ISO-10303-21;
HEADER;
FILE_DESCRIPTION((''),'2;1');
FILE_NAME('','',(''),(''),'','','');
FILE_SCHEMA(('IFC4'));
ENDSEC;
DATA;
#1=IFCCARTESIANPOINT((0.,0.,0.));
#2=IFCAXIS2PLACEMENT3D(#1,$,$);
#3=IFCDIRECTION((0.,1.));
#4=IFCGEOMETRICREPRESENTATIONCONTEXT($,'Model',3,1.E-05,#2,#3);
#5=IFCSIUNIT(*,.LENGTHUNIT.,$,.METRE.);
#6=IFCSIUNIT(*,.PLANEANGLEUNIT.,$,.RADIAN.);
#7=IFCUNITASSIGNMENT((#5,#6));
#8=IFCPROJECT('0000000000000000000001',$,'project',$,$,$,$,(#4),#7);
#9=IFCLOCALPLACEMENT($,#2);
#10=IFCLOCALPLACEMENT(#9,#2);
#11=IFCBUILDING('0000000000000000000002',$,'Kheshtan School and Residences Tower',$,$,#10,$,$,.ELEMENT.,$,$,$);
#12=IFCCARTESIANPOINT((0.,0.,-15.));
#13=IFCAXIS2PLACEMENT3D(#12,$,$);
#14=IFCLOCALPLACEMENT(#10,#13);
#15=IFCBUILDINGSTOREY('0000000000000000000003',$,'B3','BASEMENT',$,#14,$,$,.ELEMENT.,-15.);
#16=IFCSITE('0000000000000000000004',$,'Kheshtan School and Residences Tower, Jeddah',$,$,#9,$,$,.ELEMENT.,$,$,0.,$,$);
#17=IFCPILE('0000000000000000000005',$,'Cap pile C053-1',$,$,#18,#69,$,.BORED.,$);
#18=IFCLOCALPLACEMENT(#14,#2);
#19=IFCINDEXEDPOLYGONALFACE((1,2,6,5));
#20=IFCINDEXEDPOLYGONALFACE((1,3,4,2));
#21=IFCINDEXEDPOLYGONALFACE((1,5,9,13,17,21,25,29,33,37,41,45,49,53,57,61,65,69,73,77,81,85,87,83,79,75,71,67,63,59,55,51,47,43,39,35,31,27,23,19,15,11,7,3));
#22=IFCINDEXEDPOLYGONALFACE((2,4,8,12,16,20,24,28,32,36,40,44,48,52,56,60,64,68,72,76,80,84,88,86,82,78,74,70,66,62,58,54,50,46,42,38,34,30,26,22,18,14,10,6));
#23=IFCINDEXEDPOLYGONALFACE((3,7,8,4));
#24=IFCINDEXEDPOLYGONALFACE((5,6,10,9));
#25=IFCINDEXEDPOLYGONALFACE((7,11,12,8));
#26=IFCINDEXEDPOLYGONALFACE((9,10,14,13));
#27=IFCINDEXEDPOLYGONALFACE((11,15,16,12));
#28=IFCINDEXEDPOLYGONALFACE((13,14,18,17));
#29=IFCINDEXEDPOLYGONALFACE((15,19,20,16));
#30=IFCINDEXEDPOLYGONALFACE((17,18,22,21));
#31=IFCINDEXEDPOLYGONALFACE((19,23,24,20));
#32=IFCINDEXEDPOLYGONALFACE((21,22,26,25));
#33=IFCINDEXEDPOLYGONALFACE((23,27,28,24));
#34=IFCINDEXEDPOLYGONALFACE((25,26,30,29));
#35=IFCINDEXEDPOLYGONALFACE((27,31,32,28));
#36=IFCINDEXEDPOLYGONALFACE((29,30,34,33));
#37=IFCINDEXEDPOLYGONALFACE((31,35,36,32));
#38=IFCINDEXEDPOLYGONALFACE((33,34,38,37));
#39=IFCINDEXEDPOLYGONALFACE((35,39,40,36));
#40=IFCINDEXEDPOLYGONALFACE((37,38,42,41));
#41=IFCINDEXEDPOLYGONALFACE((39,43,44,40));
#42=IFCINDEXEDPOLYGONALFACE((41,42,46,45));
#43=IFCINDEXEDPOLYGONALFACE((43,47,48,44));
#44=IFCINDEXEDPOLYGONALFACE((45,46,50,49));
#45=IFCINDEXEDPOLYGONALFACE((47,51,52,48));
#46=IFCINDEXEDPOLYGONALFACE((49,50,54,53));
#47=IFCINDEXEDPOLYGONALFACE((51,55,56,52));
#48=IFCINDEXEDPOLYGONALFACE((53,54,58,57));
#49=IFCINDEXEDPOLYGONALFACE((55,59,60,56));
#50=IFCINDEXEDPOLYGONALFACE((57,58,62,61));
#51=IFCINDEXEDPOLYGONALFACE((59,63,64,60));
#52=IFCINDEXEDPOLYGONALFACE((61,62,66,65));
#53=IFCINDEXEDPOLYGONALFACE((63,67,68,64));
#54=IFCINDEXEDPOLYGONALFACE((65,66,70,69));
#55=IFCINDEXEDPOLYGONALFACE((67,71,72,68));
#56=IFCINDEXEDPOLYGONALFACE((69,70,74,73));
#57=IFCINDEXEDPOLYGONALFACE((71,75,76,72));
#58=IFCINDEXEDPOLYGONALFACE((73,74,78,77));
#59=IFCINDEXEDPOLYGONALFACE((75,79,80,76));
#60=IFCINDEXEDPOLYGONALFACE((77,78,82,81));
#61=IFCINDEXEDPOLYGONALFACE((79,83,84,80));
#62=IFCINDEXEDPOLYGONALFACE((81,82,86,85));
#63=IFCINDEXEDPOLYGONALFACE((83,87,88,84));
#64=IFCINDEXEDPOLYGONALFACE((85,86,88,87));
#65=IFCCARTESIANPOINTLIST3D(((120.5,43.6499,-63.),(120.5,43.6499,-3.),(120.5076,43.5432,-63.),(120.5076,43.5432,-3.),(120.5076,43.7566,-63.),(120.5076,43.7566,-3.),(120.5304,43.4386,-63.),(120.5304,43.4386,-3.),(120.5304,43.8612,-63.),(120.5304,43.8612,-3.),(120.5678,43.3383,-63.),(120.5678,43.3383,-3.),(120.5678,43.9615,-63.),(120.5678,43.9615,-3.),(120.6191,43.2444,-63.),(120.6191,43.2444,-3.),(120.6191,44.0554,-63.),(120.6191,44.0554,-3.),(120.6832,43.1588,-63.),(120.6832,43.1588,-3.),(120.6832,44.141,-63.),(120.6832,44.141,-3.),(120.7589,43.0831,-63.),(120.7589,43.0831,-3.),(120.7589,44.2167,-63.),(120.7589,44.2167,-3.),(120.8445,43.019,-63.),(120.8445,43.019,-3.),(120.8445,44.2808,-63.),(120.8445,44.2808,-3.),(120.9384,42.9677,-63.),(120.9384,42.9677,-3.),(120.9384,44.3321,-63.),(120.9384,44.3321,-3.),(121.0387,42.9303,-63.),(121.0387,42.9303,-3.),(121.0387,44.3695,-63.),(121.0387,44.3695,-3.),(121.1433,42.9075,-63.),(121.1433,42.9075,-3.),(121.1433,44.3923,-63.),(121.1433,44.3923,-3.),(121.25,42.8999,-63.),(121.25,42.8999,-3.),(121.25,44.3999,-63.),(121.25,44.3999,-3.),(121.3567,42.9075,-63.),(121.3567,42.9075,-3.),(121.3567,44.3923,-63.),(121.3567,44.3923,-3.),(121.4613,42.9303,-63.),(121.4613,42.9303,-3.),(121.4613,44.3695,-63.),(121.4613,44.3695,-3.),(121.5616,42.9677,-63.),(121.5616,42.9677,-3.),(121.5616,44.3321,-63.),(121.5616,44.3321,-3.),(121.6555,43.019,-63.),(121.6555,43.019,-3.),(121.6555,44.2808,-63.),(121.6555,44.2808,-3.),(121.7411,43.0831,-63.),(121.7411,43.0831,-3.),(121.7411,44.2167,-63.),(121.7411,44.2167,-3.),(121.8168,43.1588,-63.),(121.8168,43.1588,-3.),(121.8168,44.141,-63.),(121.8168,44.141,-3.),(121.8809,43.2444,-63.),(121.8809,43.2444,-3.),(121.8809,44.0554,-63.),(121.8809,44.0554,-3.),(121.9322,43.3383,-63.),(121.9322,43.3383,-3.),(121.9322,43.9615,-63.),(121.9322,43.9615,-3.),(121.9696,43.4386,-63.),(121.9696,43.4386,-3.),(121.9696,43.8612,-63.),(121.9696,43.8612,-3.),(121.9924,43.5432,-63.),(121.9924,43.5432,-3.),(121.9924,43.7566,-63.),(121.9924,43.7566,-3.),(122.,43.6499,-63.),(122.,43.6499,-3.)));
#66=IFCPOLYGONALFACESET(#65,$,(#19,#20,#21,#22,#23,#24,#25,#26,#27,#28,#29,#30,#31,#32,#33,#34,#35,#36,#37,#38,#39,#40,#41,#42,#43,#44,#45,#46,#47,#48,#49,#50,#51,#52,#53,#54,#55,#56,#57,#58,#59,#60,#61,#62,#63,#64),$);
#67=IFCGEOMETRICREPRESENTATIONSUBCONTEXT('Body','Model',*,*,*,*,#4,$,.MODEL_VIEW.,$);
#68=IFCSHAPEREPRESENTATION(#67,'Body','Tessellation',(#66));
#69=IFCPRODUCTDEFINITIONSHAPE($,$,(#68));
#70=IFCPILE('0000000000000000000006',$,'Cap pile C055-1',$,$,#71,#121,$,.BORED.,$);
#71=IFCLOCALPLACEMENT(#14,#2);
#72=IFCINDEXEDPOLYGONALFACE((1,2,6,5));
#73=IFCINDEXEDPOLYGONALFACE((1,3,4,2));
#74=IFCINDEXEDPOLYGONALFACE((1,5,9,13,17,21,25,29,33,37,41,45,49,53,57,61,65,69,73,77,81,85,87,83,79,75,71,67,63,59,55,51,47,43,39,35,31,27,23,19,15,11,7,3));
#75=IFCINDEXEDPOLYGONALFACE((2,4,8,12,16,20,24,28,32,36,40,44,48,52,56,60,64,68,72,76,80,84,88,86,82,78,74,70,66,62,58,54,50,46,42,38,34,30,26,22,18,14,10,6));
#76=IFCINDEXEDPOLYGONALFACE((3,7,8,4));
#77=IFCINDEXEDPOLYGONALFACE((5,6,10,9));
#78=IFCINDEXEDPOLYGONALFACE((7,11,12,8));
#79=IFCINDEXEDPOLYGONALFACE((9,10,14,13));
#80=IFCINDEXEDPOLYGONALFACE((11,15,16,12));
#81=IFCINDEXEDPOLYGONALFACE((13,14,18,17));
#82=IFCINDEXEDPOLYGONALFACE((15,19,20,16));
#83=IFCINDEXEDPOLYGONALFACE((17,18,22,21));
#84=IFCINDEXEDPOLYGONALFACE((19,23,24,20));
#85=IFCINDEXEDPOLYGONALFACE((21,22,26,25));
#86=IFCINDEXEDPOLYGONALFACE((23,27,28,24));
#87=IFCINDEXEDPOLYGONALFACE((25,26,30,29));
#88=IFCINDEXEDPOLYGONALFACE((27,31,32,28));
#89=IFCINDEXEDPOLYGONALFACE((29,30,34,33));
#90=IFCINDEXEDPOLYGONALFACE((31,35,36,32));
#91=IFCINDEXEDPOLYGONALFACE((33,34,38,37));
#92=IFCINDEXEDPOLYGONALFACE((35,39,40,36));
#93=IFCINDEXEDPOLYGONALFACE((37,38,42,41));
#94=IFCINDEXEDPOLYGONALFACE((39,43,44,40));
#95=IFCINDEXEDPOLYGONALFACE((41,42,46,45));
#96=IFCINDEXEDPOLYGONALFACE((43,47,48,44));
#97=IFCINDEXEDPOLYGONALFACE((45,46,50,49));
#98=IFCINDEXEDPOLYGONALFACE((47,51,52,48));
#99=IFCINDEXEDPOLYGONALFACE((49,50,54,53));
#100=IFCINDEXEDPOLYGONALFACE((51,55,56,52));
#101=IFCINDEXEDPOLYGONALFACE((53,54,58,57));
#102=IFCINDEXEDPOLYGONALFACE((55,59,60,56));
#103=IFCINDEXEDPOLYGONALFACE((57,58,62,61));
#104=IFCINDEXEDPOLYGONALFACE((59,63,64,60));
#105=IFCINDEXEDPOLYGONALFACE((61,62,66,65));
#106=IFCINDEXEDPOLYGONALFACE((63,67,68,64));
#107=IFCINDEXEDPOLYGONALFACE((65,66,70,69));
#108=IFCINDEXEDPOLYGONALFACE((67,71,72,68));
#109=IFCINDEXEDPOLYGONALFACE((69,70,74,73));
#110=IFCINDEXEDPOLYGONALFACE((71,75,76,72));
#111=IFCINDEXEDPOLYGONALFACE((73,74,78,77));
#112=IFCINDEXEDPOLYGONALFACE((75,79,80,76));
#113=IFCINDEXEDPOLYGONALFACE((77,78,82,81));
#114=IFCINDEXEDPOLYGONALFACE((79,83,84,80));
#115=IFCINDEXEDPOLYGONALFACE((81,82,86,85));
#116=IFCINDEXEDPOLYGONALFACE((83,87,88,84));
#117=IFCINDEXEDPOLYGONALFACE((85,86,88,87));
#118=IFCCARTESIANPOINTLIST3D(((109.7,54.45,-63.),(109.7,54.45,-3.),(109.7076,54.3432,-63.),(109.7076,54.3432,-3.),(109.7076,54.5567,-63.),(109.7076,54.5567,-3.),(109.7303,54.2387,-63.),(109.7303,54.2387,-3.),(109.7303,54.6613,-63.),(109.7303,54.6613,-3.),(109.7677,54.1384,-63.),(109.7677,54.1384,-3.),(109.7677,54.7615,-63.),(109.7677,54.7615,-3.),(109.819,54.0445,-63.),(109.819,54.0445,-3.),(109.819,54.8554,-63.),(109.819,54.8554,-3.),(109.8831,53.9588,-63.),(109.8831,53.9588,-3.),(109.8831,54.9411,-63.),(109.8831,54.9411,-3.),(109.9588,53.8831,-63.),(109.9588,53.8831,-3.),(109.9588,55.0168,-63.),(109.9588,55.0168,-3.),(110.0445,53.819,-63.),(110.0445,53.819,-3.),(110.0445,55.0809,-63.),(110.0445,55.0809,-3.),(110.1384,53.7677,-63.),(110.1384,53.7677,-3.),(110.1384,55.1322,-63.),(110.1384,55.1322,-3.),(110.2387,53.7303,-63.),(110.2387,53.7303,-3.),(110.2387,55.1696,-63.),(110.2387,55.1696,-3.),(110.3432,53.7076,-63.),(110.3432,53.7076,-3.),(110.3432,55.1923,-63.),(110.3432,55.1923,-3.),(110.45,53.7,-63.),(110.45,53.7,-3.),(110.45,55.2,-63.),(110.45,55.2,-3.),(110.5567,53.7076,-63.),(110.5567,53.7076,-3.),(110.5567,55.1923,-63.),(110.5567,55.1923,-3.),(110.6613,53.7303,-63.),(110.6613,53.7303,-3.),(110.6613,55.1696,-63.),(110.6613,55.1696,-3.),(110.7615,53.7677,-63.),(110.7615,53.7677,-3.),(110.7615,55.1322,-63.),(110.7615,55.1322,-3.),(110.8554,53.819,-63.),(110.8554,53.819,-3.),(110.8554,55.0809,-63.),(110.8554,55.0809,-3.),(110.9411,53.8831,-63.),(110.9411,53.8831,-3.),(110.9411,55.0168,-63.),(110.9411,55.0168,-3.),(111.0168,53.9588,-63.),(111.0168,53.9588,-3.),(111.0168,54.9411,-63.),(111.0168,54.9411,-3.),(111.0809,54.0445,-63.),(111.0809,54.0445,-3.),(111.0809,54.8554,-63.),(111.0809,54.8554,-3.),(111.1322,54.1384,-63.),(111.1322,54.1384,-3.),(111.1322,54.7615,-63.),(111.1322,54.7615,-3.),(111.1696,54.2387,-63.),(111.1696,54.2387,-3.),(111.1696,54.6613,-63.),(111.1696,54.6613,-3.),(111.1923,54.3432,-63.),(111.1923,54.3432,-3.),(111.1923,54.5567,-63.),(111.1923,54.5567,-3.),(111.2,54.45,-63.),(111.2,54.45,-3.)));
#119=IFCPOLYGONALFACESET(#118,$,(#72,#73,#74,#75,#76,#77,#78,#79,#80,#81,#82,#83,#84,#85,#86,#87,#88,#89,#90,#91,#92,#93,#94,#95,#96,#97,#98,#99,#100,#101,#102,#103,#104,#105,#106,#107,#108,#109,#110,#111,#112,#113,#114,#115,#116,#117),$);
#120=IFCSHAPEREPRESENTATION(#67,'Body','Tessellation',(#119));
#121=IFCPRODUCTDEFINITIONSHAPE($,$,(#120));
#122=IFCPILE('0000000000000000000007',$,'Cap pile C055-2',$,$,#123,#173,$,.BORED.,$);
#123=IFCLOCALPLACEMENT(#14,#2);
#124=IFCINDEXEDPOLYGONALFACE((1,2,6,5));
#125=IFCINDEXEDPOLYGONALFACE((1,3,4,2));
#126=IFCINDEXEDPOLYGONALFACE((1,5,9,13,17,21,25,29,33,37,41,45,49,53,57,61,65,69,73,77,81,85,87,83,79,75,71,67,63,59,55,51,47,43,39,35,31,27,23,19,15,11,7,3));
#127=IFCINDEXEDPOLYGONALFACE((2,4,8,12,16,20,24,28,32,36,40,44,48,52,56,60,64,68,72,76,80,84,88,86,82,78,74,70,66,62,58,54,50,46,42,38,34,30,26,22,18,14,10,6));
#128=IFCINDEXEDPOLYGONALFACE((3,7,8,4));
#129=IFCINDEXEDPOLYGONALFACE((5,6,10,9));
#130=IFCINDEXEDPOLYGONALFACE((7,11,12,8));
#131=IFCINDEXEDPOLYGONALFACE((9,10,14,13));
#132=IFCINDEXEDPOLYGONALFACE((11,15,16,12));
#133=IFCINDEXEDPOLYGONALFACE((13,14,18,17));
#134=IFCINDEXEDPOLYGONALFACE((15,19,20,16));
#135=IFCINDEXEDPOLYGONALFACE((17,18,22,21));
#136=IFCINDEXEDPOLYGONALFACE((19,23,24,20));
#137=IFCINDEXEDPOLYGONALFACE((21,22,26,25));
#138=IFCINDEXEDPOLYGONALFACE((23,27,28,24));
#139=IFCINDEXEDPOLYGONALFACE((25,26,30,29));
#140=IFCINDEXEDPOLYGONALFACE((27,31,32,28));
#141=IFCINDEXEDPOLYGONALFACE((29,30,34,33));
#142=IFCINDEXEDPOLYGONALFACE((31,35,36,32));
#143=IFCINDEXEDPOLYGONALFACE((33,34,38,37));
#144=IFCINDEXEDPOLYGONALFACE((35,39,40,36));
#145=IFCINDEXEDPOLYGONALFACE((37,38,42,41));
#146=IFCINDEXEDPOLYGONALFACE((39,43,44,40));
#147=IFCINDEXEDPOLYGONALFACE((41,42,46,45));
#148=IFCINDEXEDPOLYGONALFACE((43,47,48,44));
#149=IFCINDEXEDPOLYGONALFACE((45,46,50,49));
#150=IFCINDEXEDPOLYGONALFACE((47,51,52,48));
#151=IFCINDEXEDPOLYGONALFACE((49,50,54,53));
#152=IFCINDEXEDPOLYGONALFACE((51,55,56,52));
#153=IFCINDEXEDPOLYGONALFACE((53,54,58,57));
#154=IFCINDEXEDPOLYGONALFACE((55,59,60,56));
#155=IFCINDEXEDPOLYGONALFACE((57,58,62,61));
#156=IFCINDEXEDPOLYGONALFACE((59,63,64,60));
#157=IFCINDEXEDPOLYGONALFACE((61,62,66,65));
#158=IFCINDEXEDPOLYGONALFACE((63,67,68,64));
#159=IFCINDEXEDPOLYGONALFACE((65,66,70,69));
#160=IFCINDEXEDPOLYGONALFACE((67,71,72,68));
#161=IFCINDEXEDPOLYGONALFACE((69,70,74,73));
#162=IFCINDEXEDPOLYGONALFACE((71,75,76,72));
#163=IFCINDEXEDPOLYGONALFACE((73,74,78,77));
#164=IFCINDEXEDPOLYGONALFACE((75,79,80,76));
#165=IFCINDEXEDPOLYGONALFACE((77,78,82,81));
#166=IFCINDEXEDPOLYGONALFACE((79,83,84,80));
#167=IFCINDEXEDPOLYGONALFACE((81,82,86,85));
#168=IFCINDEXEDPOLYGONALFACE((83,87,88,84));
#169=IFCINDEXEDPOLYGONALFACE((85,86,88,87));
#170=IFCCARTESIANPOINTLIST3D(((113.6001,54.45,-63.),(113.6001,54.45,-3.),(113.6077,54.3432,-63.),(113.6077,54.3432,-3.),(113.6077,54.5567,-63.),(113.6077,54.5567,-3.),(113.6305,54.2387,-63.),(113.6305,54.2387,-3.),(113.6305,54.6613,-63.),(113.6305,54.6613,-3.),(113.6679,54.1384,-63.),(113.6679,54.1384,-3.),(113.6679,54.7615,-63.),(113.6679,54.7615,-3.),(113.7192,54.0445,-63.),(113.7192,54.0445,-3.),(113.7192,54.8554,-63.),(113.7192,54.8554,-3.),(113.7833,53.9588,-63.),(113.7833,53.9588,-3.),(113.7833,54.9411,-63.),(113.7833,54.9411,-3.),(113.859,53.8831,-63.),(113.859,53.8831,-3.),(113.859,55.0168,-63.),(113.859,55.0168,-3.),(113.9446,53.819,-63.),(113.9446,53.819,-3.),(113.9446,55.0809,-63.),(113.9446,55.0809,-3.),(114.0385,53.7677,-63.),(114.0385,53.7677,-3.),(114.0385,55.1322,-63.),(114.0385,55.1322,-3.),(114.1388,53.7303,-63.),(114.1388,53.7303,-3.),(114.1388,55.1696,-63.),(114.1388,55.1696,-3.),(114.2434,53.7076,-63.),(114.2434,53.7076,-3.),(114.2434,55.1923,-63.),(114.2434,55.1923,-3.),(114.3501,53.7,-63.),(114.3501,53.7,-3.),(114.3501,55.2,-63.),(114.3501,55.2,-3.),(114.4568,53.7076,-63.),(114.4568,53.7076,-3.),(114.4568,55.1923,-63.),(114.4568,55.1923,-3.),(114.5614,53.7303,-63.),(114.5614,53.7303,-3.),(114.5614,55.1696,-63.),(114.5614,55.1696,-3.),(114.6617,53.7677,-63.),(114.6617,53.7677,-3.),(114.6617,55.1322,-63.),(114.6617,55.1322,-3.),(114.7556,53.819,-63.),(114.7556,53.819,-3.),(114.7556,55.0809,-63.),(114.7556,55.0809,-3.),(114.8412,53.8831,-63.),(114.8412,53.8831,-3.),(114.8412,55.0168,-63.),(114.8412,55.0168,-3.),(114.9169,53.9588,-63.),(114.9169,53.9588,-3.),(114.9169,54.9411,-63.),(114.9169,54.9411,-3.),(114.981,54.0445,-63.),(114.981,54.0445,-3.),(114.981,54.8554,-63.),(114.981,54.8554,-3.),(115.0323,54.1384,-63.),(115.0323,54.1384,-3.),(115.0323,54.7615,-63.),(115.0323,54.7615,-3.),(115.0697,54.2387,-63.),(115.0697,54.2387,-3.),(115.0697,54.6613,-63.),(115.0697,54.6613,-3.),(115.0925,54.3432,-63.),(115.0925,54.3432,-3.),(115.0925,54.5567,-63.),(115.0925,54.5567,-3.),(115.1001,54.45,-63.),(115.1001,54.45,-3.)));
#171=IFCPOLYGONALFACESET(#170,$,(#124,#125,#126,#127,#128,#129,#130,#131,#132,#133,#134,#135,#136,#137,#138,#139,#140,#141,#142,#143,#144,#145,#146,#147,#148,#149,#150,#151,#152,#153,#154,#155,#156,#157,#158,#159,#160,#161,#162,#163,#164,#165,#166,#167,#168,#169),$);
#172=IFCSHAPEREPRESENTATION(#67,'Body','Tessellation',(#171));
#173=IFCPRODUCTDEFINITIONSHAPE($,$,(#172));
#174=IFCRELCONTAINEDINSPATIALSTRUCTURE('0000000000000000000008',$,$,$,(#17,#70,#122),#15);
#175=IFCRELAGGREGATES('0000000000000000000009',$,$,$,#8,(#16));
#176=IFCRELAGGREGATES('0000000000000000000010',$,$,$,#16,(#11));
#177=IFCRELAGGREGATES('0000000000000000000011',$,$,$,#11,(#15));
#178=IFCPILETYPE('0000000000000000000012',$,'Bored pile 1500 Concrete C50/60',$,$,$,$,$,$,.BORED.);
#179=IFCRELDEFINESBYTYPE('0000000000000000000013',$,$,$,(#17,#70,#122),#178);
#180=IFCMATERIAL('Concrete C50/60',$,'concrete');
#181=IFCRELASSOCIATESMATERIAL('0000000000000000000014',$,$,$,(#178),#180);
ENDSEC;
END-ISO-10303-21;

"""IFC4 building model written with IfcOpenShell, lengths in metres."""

from ifc_helpers import new_model, si_unit, direction, frame, origin, origin_2d, place, context, subcontext, project, spatial, circle, extrude, material, material_profile, profile_set, type_object, element, save


model = new_model("IFC4")

# Units and contexts
model_context = context("Model", 3, precision=1e-05, world=origin(), true_north=direction((0.0, 1.0)))
body_context = subcontext(model_context, "Body", "Model", "MODEL_VIEW")
ifc_project = project(units=[si_unit("LENGTHUNIT", "METRE"), si_unit("PLANEANGLEUNIT", "RADIAN")], contexts=[model_context])

# Site, building, storey
site_placement = place(None, origin())
site = spatial("IfcSite", under=ifc_project, at=site_placement, Name="Kheshtan School and Residences Tower, Jeddah", CompositionType="ELEMENT", RefElevation=0.0)
building_placement = place(site_placement, origin())
building = spatial("IfcBuilding", under=site, at=building_placement, Name="Kheshtan School and Residences Tower", CompositionType="ELEMENT")
storey_placement = place(building_placement, frame((0.0, 0.0, -15.0)))
storey = spatial("IfcBuildingStorey", under=building, at=storey_placement, Name="B3", Description="BASEMENT", CompositionType="ELEMENT", Elevation=-15.0)

# Piles
ifc_material_1 = material(Name="Concrete C50/60", Category="concrete")
ifc_material_profile_1 = material_profile(ifc_material_1, circle(Radius=0.75, at=origin_2d()), Name="BP 1500")
ifc_profile_set_1 = profile_set([ifc_material_profile_1], Name="Concrete C50/60")
pile_type_1 = type_object("IfcPileType", Name="Bored pile 1500 Concrete C50/60", PredefinedType="BORED", material=ifc_profile_set_1)
for number, where, z_axis, x_axis, name in (
    (1, (121.25, 43.6499, -3.0), (0.0, 0.0, -1.0), (1.0, 0.0, 0.0), "Cap pile C053-1"),
    (2, (110.45, 54.45, -3.0), (0.0, 0.0, -1.0), (1.0, 0.0, 0.0), "Cap pile C055-1"),
    (3, (114.3501, 54.45, -3.0), (0.0, 0.0, -1.0), (1.0, 0.0, 0.0), "Cap pile C055-2"),
):
    element("IfcPile", number, at=place(storey_placement, frame(where, z_axis=z_axis, x_axis=x_axis)), inside=storey, type_object=pile_type_1, Name=name, PredefinedType="BORED", context=body_context, shape_type="SweptSolid", body=[
        extrude(circle(Radius=0.75, at=origin_2d()), origin(), (0.0, 0.0, 1.0), 60.0),
    ])

save(model, "model.ifc")
